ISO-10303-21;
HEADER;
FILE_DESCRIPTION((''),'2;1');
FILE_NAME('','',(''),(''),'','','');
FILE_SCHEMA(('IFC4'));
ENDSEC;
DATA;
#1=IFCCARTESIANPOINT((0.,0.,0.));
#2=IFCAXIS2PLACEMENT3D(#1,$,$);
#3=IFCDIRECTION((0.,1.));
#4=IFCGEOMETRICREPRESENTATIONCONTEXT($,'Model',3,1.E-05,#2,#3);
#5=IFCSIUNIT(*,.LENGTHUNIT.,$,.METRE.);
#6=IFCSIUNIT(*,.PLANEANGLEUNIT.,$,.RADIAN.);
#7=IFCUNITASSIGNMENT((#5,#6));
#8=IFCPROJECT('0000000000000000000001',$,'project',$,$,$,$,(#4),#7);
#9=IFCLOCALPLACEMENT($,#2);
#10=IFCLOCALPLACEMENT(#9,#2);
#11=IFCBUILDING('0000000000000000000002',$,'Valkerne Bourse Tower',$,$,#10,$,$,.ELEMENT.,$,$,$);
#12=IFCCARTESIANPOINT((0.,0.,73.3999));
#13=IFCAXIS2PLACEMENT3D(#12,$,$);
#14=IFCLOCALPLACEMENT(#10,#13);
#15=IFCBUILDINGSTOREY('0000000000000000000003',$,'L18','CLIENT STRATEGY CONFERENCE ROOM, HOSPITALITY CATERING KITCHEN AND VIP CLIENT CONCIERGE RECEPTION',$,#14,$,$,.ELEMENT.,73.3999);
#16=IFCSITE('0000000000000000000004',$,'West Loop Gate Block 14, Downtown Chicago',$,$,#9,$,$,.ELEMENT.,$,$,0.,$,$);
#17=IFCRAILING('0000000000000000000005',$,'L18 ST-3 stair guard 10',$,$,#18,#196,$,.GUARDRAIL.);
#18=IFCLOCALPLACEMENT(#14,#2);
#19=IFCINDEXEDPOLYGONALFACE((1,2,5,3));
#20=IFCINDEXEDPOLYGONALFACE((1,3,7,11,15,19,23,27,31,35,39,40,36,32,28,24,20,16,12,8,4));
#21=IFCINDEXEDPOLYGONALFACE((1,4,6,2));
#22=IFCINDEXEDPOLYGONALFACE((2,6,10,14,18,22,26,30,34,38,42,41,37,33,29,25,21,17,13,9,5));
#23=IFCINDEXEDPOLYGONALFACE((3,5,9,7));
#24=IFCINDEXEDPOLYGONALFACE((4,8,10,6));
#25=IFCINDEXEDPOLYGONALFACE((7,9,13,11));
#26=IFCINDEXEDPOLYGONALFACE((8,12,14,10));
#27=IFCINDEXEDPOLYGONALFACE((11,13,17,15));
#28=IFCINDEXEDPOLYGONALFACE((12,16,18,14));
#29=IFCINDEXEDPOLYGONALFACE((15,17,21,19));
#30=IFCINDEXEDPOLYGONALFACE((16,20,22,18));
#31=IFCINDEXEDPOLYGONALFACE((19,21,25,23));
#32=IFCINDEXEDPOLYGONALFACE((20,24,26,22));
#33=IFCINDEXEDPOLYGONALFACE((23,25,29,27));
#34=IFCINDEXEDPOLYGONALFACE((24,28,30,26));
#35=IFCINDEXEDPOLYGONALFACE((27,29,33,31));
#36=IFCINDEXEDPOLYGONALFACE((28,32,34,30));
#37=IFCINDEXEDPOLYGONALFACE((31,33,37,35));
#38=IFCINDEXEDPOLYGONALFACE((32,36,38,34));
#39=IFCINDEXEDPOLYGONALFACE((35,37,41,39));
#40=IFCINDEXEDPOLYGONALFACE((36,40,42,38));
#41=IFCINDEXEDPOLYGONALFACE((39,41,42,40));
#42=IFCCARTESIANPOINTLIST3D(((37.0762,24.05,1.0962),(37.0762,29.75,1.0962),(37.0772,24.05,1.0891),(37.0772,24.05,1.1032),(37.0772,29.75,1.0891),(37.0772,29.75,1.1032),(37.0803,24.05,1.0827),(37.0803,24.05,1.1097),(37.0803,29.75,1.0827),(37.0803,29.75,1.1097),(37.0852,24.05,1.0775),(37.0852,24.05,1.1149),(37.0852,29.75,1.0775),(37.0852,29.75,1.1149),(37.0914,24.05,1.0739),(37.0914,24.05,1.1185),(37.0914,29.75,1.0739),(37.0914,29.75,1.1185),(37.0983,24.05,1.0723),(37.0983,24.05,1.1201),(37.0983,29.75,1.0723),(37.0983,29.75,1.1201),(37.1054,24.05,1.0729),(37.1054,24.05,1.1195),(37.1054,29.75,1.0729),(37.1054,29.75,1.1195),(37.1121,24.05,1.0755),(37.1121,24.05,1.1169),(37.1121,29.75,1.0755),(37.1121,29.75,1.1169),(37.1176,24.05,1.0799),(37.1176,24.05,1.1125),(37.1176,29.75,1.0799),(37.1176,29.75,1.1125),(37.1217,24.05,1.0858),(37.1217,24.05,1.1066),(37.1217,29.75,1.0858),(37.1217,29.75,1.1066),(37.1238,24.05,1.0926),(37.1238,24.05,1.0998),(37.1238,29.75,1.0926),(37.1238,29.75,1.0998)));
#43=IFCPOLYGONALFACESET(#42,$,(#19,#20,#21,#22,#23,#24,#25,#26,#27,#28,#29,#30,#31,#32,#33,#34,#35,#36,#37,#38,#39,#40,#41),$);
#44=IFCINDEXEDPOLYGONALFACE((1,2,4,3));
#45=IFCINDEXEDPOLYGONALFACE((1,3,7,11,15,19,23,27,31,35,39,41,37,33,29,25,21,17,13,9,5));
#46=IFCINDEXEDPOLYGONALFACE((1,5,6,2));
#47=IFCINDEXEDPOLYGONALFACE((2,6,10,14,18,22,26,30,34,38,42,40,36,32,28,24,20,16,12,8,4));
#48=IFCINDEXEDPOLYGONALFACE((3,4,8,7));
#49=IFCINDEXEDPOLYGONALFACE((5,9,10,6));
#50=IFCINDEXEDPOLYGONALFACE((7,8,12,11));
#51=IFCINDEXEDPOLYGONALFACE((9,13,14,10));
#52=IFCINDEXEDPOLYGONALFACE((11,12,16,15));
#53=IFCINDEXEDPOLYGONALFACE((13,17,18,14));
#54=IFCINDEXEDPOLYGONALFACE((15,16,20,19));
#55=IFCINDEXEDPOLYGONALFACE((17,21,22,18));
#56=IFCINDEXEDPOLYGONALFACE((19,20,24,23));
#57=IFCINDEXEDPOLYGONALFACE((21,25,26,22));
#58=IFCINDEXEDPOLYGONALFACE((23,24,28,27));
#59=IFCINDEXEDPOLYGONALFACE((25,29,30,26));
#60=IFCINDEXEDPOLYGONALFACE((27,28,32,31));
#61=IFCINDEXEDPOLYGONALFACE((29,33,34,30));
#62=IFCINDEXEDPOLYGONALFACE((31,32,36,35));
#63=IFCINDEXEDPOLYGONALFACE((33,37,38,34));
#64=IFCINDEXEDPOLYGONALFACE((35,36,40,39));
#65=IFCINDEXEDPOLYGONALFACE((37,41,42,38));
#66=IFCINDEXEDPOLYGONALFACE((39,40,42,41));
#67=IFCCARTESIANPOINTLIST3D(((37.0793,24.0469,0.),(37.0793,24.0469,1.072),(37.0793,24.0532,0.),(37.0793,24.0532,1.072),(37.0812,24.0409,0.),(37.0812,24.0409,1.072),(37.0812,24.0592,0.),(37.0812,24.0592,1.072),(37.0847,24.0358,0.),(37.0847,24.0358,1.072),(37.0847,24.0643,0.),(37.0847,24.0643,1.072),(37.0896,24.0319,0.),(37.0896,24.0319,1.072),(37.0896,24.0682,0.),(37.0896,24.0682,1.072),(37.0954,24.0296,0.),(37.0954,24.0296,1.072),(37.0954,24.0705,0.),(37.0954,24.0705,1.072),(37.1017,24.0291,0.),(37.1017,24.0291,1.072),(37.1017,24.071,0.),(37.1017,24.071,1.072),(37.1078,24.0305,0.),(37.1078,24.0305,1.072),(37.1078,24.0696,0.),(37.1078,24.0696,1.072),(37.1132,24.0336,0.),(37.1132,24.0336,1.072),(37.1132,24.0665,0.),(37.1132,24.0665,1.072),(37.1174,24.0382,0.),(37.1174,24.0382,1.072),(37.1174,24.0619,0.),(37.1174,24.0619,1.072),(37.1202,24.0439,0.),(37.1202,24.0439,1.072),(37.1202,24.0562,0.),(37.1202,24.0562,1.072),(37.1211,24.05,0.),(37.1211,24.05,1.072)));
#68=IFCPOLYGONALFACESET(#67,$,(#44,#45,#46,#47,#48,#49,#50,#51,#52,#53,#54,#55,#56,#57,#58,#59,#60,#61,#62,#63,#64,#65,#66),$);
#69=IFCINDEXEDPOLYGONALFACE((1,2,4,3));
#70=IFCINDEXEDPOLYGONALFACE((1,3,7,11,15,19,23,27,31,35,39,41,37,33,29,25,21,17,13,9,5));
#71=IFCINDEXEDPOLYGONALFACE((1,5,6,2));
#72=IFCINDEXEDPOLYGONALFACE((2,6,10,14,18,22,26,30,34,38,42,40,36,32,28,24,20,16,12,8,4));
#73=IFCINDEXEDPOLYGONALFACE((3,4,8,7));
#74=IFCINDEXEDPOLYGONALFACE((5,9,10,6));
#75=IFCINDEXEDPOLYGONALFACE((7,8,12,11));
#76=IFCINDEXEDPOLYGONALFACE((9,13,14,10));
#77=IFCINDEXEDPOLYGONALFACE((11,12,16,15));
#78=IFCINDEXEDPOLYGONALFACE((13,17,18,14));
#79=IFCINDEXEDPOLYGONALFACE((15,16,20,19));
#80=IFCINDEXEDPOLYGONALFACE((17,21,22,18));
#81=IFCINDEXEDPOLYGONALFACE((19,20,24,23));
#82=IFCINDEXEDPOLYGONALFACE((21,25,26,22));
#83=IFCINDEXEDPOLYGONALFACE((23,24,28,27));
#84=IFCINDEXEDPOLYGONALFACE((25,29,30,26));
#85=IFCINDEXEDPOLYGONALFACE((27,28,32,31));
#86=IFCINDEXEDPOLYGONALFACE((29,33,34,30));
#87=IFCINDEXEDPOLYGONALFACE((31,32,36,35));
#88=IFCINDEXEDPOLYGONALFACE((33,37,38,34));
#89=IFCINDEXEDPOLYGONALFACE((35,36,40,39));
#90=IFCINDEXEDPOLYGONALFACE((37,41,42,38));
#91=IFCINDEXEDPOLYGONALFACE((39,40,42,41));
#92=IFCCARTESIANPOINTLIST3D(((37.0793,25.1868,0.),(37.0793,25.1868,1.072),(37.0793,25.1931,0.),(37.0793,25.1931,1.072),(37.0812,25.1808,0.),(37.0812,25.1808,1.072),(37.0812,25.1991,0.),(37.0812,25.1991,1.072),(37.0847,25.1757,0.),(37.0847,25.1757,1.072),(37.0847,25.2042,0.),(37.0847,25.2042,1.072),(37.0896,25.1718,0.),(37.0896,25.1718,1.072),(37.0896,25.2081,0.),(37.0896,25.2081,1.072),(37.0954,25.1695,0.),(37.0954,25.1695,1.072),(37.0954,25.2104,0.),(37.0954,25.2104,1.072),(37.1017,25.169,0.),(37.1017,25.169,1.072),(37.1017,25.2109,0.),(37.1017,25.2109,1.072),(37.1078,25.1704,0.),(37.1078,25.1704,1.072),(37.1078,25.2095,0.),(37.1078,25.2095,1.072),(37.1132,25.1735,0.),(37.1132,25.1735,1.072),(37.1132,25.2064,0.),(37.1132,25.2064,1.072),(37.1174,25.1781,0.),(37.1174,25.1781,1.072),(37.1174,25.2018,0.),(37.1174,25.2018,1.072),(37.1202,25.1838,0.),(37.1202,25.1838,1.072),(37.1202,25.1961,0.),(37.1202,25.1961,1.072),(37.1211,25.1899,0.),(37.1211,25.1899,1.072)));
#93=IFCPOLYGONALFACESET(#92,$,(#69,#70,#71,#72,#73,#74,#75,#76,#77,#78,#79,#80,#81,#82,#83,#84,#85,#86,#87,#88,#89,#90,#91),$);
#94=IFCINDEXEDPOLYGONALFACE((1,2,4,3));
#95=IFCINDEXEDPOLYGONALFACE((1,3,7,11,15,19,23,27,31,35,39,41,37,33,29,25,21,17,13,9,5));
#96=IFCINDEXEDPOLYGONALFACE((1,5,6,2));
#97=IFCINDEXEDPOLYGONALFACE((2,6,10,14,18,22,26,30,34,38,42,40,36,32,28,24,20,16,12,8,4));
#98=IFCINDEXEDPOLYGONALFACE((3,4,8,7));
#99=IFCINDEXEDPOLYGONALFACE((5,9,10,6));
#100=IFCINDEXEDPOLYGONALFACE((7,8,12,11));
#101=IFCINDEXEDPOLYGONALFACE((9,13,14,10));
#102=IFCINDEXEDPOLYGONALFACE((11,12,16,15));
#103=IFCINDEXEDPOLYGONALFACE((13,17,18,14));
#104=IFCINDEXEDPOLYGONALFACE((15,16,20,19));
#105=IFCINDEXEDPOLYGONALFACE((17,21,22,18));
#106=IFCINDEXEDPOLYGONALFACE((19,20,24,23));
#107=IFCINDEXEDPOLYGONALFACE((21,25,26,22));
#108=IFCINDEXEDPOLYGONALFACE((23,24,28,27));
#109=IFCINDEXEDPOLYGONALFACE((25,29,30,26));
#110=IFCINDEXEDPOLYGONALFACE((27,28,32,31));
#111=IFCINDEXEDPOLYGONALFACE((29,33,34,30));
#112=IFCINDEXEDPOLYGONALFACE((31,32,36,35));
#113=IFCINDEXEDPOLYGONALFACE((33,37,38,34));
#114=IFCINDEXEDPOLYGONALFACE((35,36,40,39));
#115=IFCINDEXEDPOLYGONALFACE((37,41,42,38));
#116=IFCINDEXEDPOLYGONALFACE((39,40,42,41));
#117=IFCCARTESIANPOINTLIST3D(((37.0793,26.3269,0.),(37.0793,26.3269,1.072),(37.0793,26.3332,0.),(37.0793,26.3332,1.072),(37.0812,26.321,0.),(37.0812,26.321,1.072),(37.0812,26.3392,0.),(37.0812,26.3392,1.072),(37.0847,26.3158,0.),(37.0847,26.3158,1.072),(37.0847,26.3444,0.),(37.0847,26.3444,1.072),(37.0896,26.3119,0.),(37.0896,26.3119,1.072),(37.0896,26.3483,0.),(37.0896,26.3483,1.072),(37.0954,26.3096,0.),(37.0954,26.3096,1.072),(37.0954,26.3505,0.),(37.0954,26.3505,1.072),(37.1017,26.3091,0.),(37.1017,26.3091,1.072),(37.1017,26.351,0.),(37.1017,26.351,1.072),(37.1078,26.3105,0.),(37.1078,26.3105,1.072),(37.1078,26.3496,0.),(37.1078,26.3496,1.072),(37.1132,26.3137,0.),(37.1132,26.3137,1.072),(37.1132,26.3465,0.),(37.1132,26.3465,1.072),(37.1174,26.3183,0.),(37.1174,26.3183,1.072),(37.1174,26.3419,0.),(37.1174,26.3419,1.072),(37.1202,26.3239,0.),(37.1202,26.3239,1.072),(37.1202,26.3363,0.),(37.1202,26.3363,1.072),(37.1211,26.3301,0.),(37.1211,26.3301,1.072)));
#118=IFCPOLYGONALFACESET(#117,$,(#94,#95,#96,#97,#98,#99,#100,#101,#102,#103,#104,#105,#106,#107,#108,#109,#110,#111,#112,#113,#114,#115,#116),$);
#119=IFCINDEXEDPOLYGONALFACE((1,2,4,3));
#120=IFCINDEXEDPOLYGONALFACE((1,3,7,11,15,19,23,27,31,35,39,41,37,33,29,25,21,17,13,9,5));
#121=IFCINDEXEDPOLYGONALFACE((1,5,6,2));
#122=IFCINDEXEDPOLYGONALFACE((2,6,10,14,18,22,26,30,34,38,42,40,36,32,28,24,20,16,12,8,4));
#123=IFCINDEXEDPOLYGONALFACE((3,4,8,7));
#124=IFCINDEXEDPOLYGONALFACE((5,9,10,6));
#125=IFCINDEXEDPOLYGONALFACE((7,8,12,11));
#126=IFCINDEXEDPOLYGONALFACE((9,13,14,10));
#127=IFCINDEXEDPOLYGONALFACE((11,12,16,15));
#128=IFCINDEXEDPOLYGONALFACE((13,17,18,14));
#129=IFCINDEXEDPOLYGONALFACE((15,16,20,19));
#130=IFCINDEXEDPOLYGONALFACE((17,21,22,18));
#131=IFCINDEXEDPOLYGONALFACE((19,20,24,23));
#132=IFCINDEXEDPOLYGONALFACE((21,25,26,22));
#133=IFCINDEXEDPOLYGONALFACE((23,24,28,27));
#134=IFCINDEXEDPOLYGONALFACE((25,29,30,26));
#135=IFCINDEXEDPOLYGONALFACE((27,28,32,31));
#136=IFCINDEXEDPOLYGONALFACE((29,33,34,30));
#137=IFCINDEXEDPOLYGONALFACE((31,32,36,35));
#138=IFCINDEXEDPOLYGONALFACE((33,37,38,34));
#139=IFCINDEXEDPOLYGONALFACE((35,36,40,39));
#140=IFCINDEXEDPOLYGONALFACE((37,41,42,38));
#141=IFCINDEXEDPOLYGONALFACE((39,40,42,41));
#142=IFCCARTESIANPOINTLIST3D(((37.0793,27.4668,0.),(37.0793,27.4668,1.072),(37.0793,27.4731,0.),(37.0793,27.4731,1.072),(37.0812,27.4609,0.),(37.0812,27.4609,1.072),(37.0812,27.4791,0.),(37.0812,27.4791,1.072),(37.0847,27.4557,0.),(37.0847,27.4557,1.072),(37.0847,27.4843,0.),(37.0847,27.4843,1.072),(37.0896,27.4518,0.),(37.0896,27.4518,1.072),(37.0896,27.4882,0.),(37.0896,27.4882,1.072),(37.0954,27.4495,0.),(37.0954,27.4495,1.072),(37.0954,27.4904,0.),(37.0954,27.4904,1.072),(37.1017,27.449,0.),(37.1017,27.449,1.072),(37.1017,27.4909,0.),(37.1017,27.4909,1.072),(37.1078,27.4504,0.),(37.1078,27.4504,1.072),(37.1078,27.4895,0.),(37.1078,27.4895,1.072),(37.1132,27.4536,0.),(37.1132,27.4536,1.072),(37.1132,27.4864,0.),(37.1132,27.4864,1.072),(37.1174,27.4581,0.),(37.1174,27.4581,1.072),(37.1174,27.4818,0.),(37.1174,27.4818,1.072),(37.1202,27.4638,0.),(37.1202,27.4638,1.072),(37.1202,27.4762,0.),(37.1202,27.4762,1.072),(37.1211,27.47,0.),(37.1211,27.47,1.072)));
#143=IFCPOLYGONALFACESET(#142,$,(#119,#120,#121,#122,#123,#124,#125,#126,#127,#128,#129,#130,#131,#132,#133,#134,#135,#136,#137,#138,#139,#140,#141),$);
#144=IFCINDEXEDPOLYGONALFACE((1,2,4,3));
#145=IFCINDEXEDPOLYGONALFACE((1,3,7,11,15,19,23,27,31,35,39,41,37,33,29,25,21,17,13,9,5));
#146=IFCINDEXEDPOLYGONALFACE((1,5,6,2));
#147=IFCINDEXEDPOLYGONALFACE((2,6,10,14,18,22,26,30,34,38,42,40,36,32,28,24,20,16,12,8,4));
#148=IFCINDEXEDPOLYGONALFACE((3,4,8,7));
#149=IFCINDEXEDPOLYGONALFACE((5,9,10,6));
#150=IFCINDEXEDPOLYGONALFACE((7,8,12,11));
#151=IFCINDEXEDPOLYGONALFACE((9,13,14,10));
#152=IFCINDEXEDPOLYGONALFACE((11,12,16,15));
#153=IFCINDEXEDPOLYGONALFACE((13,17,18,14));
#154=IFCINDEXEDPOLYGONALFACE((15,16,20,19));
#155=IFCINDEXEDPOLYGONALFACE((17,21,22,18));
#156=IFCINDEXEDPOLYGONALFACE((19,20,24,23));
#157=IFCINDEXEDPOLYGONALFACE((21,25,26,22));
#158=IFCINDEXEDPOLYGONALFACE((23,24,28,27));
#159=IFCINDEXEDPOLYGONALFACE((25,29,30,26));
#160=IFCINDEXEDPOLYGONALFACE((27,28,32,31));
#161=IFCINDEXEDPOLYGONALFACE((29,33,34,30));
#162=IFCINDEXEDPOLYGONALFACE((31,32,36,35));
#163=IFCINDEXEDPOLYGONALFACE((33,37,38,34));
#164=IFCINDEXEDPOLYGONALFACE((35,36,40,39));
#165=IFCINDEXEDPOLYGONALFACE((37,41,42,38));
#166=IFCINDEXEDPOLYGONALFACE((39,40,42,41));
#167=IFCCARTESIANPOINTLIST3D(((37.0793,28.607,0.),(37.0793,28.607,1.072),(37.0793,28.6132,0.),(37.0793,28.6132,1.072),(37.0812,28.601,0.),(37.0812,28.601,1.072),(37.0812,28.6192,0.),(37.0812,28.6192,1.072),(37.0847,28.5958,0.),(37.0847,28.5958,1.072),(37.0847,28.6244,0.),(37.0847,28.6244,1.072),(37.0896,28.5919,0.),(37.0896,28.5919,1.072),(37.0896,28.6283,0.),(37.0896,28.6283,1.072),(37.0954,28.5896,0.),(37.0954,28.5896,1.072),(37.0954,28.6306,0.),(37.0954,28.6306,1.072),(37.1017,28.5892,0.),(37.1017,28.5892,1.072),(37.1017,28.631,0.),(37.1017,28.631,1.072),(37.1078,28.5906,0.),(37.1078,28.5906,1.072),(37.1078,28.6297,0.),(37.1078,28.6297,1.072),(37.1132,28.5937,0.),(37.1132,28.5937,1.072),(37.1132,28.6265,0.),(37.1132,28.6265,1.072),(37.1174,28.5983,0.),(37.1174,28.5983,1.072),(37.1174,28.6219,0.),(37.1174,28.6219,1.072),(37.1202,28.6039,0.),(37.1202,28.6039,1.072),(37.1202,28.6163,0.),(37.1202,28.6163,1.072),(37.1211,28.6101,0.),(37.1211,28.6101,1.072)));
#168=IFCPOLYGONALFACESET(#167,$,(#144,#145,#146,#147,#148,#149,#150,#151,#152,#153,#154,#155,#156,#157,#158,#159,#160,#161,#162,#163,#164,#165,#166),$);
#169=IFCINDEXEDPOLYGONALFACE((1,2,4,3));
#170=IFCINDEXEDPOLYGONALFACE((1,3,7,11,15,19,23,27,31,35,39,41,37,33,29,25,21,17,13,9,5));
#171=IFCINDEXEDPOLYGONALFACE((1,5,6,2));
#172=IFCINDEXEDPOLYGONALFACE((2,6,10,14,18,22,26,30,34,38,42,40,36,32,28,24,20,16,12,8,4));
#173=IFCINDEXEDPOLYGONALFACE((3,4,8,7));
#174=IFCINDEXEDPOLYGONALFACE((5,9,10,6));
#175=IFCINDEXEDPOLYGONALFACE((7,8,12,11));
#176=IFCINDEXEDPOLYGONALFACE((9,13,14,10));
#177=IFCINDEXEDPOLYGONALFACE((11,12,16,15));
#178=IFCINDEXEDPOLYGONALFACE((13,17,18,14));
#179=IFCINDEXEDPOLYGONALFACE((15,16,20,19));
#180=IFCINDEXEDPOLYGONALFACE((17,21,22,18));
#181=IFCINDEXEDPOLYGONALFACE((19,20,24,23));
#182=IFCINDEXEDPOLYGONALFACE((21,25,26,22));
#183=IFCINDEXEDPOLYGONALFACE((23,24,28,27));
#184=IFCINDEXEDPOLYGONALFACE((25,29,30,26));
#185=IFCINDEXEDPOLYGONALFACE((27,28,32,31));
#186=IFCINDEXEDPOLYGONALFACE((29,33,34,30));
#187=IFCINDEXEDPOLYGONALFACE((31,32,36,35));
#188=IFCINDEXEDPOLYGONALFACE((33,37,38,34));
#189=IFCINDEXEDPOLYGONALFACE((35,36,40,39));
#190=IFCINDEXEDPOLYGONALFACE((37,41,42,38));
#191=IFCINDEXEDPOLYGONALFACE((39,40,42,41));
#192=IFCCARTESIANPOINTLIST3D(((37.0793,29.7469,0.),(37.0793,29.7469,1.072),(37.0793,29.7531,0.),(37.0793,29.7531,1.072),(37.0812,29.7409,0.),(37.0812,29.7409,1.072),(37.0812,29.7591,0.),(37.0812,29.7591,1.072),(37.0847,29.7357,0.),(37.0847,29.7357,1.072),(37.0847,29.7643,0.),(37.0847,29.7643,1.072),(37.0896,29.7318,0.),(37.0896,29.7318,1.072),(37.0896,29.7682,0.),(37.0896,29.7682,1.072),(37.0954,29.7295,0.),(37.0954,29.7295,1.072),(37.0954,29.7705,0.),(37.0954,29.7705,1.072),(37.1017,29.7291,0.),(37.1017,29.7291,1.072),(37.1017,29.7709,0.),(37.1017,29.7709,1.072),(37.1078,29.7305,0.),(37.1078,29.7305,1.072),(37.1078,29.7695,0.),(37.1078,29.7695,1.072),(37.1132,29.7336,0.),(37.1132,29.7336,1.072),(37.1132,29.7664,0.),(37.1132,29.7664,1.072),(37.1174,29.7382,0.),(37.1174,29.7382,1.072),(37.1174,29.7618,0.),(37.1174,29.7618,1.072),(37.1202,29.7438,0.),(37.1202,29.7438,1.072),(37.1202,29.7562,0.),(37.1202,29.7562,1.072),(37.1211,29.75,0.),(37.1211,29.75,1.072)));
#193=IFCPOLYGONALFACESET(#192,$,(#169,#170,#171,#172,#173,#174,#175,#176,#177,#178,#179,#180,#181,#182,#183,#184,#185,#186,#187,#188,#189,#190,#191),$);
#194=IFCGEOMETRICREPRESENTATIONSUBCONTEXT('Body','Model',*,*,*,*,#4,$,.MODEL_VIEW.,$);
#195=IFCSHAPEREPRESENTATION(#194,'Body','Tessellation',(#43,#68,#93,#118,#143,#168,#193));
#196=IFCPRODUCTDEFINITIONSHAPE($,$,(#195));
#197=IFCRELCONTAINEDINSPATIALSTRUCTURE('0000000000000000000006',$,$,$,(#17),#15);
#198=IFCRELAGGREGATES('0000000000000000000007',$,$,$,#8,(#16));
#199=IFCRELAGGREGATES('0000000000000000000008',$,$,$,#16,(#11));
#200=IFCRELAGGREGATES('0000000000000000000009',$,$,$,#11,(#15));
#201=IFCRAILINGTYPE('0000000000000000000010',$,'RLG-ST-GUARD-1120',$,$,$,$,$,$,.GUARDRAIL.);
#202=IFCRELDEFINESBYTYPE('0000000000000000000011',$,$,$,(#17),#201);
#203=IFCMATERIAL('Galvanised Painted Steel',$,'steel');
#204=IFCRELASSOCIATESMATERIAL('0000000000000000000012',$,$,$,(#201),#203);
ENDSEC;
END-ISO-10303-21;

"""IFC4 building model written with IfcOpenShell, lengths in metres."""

from ifc_helpers import new_model, si_unit, direction, frame, origin, origin_2d, place, context, subcontext, project, spatial, circle, extrude, material, type_object, element, save


model = new_model("IFC4")

# Units and contexts
model_context = context("Model", 3, precision=1e-05, world=origin(), true_north=direction((0.0, 1.0)))
body_context = subcontext(model_context, "Body", "Model", "MODEL_VIEW")
ifc_project = project(units=[si_unit("LENGTHUNIT", "METRE"), si_unit("PLANEANGLEUNIT", "RADIAN")], contexts=[model_context])

# Site, building, storey
site_placement = place(None, origin())
site = spatial("IfcSite", under=ifc_project, at=site_placement, Name="West Loop Gate Block 14, Downtown Chicago", CompositionType="ELEMENT", RefElevation=0.0)
building_placement = place(site_placement, origin())
building = spatial("IfcBuilding", under=site, at=building_placement, Name="Valkerne Bourse Tower", CompositionType="ELEMENT")
storey_placement = place(building_placement, frame((0.0, 0.0, 73.3999)))
storey = spatial("IfcBuildingStorey", under=building, at=storey_placement, Name="L18", Description="CLIENT STRATEGY CONFERENCE ROOM, HOSPITALITY CATERING KITCHEN AND VIP CLIENT CONCIERGE RECEPTION", CompositionType="ELEMENT", Elevation=73.3999)

# Shared definitions
ifc_material_1 = material(Name="Galvanised Painted Steel", Category="steel")

# Railing
railing_type_1 = type_object("IfcRailingType", Name="RLG-ST-GUARD-1120", PredefinedType="GUARDRAIL", material=ifc_material_1)
railing_1_placement = place(storey_placement, frame((37.1001, 24.05, 0.0)))
element("IfcRailing", 1, at=railing_1_placement, inside=storey, type_object=railing_type_1, Name="L18 ST-3 stair guard 10", PredefinedType="GUARDRAIL", context=body_context, shape_type="SweptSolid", body=[
    extrude(circle(Radius=0.0239, at=origin_2d()), frame((0.0, 0.0, 1.0962), z_axis=(0.0, 1.0, 0.0), x_axis=(-1.0, 0.0, 0.0)), (0.0, 0.0, 1.0), 5.7),
    extrude(circle(Radius=0.021, at=origin_2d()), origin(), (0.0, 0.0, 1.0), 1.072),
    extrude(circle(Radius=0.021, at=origin_2d()), frame((0.0, 1.1399, 0.0)), (0.0, 0.0, 1.0), 1.072),
    extrude(circle(Radius=0.021, at=origin_2d()), frame((0.0, 2.28, 0.0)), (0.0, 0.0, 1.0), 1.072),
    extrude(circle(Radius=0.021, at=origin_2d()), frame((0.0, 3.4199, 0.0)), (0.0, 0.0, 1.0), 1.072),
    extrude(circle(Radius=0.021, at=origin_2d()), frame((0.0, 4.5601, 0.0)), (0.0, 0.0, 1.0), 1.072),
    extrude(circle(Radius=0.021, at=origin_2d()), frame((0.0, 5.7, 0.0)), (0.0, 0.0, 1.0), 1.072),
])

save(model, "model.ifc")
